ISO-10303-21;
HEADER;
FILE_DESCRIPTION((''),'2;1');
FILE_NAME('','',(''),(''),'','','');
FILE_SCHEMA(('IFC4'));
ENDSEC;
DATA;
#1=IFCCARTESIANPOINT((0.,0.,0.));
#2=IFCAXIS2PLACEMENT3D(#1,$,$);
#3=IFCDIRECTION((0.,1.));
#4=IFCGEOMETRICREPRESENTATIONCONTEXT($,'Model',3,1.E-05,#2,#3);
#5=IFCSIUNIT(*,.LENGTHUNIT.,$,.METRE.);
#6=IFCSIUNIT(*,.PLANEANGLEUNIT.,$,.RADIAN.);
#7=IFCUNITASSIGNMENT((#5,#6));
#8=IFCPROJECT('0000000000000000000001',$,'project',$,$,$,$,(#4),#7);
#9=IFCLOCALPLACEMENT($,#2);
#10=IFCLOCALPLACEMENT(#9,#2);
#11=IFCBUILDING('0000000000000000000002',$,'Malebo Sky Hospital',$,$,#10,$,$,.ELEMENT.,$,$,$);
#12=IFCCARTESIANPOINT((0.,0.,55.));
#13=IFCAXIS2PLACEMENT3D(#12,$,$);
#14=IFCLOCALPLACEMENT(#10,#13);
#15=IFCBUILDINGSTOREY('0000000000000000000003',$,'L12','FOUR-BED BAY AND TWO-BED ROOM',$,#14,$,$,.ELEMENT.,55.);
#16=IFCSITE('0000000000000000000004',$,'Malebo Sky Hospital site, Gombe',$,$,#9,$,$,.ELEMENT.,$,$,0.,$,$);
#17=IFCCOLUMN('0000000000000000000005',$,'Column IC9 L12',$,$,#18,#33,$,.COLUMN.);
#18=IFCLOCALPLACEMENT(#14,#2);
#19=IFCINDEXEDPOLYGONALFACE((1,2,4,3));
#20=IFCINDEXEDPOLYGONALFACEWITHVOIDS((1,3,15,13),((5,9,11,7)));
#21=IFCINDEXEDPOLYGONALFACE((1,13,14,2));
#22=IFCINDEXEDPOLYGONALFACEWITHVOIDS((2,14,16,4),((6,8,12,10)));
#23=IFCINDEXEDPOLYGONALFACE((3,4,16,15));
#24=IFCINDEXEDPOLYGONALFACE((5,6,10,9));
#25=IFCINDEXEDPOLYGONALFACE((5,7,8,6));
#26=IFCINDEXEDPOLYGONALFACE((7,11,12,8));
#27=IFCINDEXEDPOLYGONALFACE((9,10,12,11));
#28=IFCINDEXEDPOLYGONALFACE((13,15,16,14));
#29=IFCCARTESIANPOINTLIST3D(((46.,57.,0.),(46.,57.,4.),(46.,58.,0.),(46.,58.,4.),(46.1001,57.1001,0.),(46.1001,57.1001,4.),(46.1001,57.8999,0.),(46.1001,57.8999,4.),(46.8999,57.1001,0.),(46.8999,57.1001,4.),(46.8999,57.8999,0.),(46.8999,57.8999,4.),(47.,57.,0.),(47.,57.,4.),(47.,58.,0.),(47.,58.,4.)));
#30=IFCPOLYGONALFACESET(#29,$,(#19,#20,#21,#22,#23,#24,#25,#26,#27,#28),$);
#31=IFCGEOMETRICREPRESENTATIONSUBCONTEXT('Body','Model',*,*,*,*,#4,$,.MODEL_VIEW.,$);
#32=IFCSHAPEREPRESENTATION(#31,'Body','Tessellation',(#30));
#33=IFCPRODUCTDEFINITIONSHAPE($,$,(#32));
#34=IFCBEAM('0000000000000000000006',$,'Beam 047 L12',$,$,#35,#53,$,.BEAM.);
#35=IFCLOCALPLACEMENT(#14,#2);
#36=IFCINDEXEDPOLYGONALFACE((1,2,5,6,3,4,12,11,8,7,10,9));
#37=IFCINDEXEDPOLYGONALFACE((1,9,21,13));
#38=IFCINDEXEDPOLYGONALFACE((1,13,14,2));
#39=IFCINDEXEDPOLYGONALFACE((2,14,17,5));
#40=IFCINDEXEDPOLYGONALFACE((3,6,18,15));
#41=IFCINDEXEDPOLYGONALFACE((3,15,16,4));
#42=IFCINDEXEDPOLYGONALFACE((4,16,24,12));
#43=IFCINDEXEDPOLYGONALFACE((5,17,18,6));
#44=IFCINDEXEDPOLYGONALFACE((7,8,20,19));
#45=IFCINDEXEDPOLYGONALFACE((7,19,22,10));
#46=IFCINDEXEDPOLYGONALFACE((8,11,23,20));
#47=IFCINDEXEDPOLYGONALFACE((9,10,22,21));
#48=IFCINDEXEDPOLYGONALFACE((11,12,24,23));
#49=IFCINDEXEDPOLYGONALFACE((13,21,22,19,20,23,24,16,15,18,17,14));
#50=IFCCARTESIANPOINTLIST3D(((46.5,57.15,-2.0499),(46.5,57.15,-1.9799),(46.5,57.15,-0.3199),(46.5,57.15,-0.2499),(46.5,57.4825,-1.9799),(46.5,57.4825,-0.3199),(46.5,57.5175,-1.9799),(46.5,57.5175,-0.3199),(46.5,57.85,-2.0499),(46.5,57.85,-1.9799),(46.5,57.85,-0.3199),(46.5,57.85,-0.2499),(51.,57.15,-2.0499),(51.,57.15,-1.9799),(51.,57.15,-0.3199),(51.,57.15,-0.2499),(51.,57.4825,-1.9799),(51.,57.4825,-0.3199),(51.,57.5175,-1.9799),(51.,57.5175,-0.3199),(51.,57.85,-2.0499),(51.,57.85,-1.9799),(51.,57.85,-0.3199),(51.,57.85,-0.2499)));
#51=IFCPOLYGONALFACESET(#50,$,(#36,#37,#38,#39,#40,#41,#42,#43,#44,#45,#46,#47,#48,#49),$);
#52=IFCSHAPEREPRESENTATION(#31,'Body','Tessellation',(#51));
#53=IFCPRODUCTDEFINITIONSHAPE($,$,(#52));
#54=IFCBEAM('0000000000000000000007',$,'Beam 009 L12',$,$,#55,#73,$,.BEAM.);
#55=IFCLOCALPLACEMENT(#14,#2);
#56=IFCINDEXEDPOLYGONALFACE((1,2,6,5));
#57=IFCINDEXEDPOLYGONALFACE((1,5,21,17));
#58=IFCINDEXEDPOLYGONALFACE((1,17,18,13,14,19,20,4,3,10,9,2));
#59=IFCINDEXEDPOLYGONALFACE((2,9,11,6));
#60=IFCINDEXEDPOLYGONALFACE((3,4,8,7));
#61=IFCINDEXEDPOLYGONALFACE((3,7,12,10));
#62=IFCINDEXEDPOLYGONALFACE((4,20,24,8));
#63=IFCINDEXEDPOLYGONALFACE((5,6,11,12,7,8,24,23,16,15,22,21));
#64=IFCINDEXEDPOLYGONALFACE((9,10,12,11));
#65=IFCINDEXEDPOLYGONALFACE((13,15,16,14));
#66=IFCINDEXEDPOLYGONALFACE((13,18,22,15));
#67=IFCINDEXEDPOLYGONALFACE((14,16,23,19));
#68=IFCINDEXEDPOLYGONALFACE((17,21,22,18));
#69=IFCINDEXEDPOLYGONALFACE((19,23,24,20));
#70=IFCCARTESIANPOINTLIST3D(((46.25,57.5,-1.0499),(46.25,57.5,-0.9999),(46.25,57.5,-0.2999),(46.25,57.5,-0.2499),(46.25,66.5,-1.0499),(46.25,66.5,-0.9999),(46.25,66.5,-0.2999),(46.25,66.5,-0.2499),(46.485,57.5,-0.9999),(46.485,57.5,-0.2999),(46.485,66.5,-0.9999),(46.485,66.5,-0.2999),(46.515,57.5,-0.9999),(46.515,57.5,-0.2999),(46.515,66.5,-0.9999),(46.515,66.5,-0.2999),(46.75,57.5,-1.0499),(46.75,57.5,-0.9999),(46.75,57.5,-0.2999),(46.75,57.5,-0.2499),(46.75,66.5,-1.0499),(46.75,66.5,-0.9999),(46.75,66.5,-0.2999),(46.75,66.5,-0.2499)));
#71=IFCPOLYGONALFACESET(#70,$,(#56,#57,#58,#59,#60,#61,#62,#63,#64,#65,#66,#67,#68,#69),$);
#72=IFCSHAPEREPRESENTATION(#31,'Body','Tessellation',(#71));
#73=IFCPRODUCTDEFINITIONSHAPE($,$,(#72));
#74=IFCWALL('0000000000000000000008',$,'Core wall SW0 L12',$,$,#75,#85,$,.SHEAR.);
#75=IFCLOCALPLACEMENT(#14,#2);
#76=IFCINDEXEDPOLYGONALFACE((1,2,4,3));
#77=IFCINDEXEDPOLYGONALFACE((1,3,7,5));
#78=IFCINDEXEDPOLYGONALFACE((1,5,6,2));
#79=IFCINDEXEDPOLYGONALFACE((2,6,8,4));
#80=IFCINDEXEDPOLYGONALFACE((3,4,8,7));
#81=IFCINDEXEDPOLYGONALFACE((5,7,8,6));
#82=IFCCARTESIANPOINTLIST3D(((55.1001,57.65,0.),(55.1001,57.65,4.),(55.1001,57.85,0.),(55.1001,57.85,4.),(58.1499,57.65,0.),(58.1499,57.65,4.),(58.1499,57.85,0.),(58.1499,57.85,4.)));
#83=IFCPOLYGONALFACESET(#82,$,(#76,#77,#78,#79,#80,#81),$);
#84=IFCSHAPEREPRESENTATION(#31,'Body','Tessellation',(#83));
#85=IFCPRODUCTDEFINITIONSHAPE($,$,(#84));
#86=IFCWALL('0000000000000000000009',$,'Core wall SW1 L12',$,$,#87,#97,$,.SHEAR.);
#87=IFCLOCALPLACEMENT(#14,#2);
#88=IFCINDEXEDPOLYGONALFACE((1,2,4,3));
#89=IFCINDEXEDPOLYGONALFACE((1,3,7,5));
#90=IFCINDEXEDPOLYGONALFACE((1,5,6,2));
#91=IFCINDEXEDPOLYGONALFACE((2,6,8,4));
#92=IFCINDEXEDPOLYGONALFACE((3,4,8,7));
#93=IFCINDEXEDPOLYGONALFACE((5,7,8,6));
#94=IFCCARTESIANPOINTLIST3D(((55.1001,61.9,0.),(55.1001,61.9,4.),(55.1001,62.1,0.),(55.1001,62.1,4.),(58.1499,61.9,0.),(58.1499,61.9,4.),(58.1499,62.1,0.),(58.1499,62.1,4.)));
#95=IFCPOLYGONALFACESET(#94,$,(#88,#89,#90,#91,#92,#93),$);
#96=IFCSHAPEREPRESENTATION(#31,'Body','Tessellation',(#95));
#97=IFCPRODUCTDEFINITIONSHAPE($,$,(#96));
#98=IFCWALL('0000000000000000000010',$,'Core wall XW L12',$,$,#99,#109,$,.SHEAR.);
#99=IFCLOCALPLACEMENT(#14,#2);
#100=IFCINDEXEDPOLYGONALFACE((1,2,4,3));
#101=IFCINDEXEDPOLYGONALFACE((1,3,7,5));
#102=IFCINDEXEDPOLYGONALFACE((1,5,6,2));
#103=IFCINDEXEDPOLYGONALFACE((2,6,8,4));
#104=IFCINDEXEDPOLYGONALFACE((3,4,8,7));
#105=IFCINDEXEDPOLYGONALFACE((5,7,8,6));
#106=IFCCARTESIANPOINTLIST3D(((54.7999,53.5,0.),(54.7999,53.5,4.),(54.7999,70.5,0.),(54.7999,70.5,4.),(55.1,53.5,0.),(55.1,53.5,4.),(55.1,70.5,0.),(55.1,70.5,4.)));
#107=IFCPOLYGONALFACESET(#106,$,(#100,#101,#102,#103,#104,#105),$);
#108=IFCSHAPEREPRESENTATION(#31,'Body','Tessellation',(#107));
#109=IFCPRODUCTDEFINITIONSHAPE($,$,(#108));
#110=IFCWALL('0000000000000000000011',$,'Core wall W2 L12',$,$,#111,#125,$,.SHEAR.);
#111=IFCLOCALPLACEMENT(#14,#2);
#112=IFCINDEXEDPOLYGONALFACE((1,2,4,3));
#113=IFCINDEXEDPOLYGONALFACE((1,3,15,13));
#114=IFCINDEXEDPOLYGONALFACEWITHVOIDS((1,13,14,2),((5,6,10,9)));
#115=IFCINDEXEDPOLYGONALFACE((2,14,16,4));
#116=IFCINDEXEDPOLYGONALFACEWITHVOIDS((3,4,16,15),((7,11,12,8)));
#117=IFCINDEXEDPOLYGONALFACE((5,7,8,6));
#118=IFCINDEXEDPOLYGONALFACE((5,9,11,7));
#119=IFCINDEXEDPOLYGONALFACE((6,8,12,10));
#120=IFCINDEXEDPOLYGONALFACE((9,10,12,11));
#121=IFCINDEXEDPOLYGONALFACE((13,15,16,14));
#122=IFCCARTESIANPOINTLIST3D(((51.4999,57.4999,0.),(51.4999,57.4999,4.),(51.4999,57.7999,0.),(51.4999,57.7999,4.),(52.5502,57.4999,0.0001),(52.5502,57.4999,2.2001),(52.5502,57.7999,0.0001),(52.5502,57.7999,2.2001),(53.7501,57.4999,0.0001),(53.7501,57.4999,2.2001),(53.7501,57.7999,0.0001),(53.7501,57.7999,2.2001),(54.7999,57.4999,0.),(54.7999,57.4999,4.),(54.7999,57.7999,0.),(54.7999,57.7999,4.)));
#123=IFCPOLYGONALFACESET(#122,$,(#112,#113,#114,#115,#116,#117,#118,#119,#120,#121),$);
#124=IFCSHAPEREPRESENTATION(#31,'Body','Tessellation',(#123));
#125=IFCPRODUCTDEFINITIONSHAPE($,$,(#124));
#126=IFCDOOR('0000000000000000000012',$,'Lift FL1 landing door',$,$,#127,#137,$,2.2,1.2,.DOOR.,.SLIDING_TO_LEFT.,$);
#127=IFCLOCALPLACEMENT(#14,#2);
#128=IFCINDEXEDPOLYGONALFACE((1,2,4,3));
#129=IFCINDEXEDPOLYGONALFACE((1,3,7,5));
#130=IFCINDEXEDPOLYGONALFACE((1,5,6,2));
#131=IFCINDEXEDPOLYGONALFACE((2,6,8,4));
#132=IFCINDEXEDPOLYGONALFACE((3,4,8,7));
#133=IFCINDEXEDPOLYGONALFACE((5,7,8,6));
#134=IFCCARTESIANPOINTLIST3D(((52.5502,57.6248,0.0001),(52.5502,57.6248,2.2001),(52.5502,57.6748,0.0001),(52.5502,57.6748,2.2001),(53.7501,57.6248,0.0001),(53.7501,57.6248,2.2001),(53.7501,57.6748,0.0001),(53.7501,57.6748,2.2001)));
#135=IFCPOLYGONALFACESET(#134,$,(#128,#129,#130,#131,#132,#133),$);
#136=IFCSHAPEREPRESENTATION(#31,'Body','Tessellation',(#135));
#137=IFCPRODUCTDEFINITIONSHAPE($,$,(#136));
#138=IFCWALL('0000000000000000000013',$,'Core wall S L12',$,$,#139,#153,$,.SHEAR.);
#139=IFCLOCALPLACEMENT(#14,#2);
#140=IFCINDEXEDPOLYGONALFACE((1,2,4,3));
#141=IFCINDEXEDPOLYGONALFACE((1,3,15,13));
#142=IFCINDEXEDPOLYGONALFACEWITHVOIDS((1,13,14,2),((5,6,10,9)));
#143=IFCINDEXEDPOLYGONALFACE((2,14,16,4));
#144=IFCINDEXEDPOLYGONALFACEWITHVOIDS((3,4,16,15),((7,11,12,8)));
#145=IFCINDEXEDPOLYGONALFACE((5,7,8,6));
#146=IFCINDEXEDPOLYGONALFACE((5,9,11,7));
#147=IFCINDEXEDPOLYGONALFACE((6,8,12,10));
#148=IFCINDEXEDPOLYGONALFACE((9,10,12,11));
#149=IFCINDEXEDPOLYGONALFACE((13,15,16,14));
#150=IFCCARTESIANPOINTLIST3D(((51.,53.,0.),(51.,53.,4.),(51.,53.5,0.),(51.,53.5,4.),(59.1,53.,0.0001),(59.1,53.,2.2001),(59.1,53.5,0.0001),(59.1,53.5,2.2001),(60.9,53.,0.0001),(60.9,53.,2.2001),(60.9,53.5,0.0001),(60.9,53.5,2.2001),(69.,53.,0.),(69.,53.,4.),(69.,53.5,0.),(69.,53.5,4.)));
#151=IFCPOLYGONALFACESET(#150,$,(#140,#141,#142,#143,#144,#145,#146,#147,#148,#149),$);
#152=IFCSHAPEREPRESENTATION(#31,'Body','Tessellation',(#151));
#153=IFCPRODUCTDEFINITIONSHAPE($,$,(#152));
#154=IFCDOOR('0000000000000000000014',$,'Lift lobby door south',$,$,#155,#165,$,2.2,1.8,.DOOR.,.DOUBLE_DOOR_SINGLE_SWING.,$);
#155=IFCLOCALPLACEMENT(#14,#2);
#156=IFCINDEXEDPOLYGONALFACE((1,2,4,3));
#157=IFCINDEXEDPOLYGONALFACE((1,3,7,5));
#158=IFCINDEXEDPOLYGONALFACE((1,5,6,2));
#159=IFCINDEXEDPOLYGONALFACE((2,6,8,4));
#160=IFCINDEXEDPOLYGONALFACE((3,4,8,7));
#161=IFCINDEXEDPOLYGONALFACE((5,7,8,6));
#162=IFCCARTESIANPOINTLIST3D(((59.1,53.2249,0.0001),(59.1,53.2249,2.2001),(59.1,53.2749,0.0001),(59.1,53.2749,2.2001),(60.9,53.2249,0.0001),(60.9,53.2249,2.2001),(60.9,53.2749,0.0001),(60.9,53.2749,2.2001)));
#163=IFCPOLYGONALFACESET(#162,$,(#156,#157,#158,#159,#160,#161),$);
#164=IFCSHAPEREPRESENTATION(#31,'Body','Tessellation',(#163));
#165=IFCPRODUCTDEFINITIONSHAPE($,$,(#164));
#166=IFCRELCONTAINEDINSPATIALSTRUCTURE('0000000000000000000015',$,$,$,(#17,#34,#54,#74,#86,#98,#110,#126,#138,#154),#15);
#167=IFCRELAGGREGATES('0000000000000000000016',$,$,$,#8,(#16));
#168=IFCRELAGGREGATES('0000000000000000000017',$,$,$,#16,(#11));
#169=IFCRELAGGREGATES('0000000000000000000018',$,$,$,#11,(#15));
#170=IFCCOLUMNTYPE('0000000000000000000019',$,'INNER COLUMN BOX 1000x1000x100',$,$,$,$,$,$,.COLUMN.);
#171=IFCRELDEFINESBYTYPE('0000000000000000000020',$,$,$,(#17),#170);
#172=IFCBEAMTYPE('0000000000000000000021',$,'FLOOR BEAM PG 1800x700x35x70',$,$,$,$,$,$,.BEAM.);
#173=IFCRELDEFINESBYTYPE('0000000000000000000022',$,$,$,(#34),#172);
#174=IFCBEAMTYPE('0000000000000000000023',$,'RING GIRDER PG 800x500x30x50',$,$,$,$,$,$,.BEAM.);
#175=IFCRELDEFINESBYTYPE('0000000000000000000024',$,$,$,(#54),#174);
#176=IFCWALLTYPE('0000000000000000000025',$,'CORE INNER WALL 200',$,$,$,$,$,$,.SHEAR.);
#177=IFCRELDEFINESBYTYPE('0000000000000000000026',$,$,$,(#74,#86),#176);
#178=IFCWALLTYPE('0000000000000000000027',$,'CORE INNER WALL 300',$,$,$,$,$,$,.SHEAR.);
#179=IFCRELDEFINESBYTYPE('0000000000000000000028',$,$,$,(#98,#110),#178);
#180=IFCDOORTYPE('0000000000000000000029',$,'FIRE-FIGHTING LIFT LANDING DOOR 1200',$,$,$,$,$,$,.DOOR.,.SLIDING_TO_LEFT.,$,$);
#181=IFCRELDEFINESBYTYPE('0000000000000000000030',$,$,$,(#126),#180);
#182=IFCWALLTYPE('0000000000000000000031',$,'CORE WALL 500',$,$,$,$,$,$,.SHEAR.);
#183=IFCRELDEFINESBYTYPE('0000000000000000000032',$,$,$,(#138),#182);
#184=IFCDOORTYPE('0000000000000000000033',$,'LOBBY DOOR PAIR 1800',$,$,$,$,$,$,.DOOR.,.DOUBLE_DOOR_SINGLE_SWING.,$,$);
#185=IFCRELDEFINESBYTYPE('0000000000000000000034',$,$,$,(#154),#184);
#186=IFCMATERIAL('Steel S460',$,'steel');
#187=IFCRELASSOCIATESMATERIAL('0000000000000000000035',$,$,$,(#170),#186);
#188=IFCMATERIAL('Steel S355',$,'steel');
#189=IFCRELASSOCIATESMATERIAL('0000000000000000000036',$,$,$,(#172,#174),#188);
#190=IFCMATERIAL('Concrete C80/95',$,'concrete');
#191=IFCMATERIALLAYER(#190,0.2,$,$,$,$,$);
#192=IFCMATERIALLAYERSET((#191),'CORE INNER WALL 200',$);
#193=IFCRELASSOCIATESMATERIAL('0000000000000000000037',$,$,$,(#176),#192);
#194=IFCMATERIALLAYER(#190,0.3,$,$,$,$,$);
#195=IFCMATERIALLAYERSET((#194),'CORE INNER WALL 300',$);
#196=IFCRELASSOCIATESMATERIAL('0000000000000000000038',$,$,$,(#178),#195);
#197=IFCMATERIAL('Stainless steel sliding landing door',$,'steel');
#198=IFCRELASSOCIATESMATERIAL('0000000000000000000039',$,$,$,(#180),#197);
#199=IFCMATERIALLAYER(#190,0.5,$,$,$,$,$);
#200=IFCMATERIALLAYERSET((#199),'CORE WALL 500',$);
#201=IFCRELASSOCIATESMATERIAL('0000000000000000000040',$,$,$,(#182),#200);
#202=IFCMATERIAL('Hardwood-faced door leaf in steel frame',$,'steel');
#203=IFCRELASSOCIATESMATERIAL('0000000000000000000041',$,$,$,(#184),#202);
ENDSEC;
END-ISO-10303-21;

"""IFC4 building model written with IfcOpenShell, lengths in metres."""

from ifc_helpers import new_model, si_unit, direction, frame, frame_2d, origin, origin_2d, place, context, subcontext, project, spatial, rectangle, hollow_rectangle, i_section, extrude, material, layer, layer_set, material_profile, profile_set, type_object, element, fill, save


model = new_model("IFC4")

# Units and contexts
model_context = context("Model", 3, precision=1e-05, world=origin(), true_north=direction((0.0, 1.0)))
body_context = subcontext(model_context, "Body", "Model", "MODEL_VIEW")
ifc_project = project(units=[si_unit("LENGTHUNIT", "METRE"), si_unit("PLANEANGLEUNIT", "RADIAN")], contexts=[model_context])

# Site, building, storey
site_placement = place(None, origin())
site = spatial("IfcSite", under=ifc_project, at=site_placement, Name="Malebo Sky Hospital site, Gombe", CompositionType="ELEMENT", RefElevation=0.0)
building_placement = place(site_placement, origin())
building = spatial("IfcBuilding", under=site, at=building_placement, Name="Malebo Sky Hospital", CompositionType="ELEMENT")
storey_placement = place(building_placement, frame((0.0, 0.0, 55.0)))
storey = spatial("IfcBuildingStorey", under=building, at=storey_placement, Name="L12", Description="FOUR-BED BAY AND TWO-BED ROOM", CompositionType="ELEMENT", Elevation=55.0)

# Column
ifc_material_1 = material(Name="Steel S460", Category="steel")
ifc_material_profile_1 = material_profile(ifc_material_1, hollow_rectangle(XDim=1.0, YDim=1.0, WallThickness=0.1001, at=origin_2d()), Name="BOX 1000x1000x100")
ifc_profile_set_1 = profile_set([ifc_material_profile_1], Name="Steel S460")
column_type = type_object("IfcColumnType", Name="INNER COLUMN BOX 1000x1000x100", PredefinedType="COLUMN", material=ifc_profile_set_1)
column_placement = place(storey_placement, frame((46.5, 57.5, 0.0), z_axis=(0.0, 0.0, 1.0), x_axis=(1.0, 0.0, 0.0)))
element("IfcColumn", 1, at=column_placement, inside=storey, type_object=column_type, Name="Column IC9 L12", PredefinedType="COLUMN", context=body_context, shape_type="SweptSolid", body=[
    extrude(hollow_rectangle(XDim=1.0, YDim=1.0, WallThickness=0.1001, at=origin_2d()), origin(), (0.0, 0.0, 1.0), 4.0),
])

# Beams
ifc_material_2 = material(Name="Steel S355", Category="steel")
ifc_material_profile_2 = material_profile(ifc_material_2, i_section(OverallWidth=0.7, OverallDepth=1.8, WebThickness=0.0349, FlangeThickness=0.0701, at=origin_2d()), Name="PG 1800x700x35x70")
ifc_profile_set_2 = profile_set([ifc_material_profile_2], Name="Steel S355")
beam_type_1 = type_object("IfcBeamType", Name="FLOOR BEAM PG 1800x700x35x70", PredefinedType="BEAM", material=ifc_profile_set_2)
beam_1_placement = place(storey_placement, frame((46.5, 57.5, -1.1499), z_axis=(1.0, 0.0, 0.0), x_axis=(0.0, 1.0, 0.0)))
element("IfcBeam", 2, at=beam_1_placement, inside=storey, type_object=beam_type_1, Name="Beam 047 L12", PredefinedType="BEAM", context=body_context, shape_type="SweptSolid", body=[
    extrude(i_section(OverallWidth=0.7, OverallDepth=1.8, WebThickness=0.0349, FlangeThickness=0.0701, at=origin_2d()), origin(), (0.0, 0.0, 1.0), 4.5),
])
ifc_material_profile_3 = material_profile(ifc_material_2, i_section(OverallWidth=0.5, OverallDepth=0.8, WebThickness=0.03, FlangeThickness=0.05, at=origin_2d()), Name="PG 800x500x30x50")
ifc_profile_set_3 = profile_set([ifc_material_profile_3], Name="Steel S355")
beam_type_2 = type_object("IfcBeamType", Name="RING GIRDER PG 800x500x30x50", PredefinedType="BEAM", material=ifc_profile_set_3)
beam_2_placement = place(storey_placement, frame((46.5, 57.5, -0.6499), z_axis=(0.0, 1.0, 0.0), x_axis=(-1.0, 0.0, 0.0)))
element("IfcBeam", 3, at=beam_2_placement, inside=storey, type_object=beam_type_2, Name="Beam 009 L12", PredefinedType="BEAM", context=body_context, shape_type="SweptSolid", body=[
    extrude(i_section(OverallWidth=0.5, OverallDepth=0.8, WebThickness=0.03, FlangeThickness=0.05, at=origin_2d()), origin(), (0.0, 0.0, 1.0), 9.0),
])

# Walls
ifc_material_3 = material(Name="Concrete C80/95", Category="concrete")
ifc_layer_1 = layer(ifc_material_3, 0.2)
ifc_layer_set_1 = layer_set([ifc_layer_1], Name="CORE INNER WALL 200")
wall_type_1 = type_object("IfcWallType", Name="CORE INNER WALL 200", PredefinedType="SHEAR", material=ifc_layer_set_1)
for number, where, z_axis, x_axis, name in (
    (4, (55.1001, 57.75, 0.0), (0.0, 0.0, 1.0), (1.0, 0.0, 0.0), "Core wall SW0 L12"),
    (5, (55.1001, 62.0, 0.0), (0.0, 0.0, 1.0), (1.0, 0.0, 0.0), "Core wall SW1 L12"),
):
    element("IfcWall", number, at=place(storey_placement, frame(where, z_axis=z_axis, x_axis=x_axis)), inside=storey, type_object=wall_type_1, Name=name, PredefinedType="SHEAR", context=body_context, shape_type="SweptSolid", body=[
        extrude(rectangle(XDim=3.0498, YDim=0.2, at=frame_2d((1.5249, 0.0))), origin(), (0.0, 0.0, 1.0), 4.0),
    ])
ifc_layer_2 = layer(ifc_material_3, 0.3)
ifc_layer_set_2 = layer_set([ifc_layer_2], Name="CORE INNER WALL 300")
wall_type_2 = type_object("IfcWallType", Name="CORE INNER WALL 300", PredefinedType="SHEAR", material=ifc_layer_set_2)
wall_1_placement = place(storey_placement, frame((54.95, 53.5, 0.0), z_axis=(0.0, 0.0, 1.0), x_axis=(0.0, 1.0, 0.0)))
element("IfcWall", 6, at=wall_1_placement, inside=storey, type_object=wall_type_2, Name="Core wall XW L12", PredefinedType="SHEAR", context=body_context, shape_type="SweptSolid", body=[
    extrude(rectangle(XDim=17.0, YDim=0.3, at=frame_2d((8.5, 0.0))), origin(), (0.0, 0.0, 1.0), 4.0),
])

# Walls, openings, doors
wall_2_placement = place(storey_placement, frame((51.5, 57.6499, 0.0), z_axis=(0.0, 0.0, 1.0), x_axis=(1.0, 0.0, 0.0)))
wall_2 = element("IfcWall", 7, at=wall_2_placement, inside=storey, type_object=wall_type_2, Name="Core wall W2 L12", PredefinedType="SHEAR", context=body_context, shape_type="SweptSolid", body=[
    extrude(rectangle(XDim=3.3, YDim=0.3, at=frame_2d((1.6499, 0.0))), origin(), (0.0, 0.0, 1.0), 4.0),
])
opening_1_placement = place(wall_2_placement, frame((1.05, 0.0, 0.0)))
opening_1 = element("IfcOpeningElement", 8, at=opening_1_placement, cuts=wall_2, PredefinedType="OPENING", context=body_context, shape_type="SweptSolid", body=[
    extrude(rectangle(XDim=1.2, YDim=2.2, at=frame_2d((0.6001, 1.1001))), frame((0.0, 0.1599, 0.0), z_axis=(0.0, -1.0, 0.0), x_axis=(1.0, 0.0, 0.0)), (0.0, 0.0, 1.0), 0.3201),
])
ifc_material_4 = material(Name="Stainless steel sliding landing door", Category="steel")
door_type_1 = type_object("IfcDoorType", Name="FIRE-FIGHTING LIFT LANDING DOOR 1200", OperationType="SLIDING_TO_LEFT", PredefinedType="DOOR", material=ifc_material_4)
door_1_placement = place(opening_1_placement, origin())
door_1 = element("IfcDoor", 9, at=door_1_placement, inside=storey, type_object=door_type_1, Name="Lift FL1 landing door", OperationType="SLIDING_TO_LEFT", OverallHeight=2.2, OverallWidth=1.2, PredefinedType="DOOR", context=body_context, shape_type="SweptSolid", body=[
    extrude(rectangle(XDim=1.2, YDim=2.2, at=frame_2d((0.6001, 1.1001))), frame((0.0, 0.0249, 0.0), z_axis=(0.0, -1.0, 0.0), x_axis=(1.0, 0.0, 0.0)), (0.0, 0.0, 1.0), 0.05),
])
fill(opening_1, door_1)
ifc_layer_3 = layer(ifc_material_3, 0.5)
ifc_layer_set_3 = layer_set([ifc_layer_3], Name="CORE WALL 500")
wall_type_3 = type_object("IfcWallType", Name="CORE WALL 500", PredefinedType="SHEAR", material=ifc_layer_set_3)
wall_3_placement = place(storey_placement, frame((51.0, 53.25, 0.0), z_axis=(0.0, 0.0, 1.0), x_axis=(1.0, 0.0, 0.0)))
wall_3 = element("IfcWall", 10, at=wall_3_placement, inside=storey, type_object=wall_type_3, Name="Core wall S L12", PredefinedType="SHEAR", context=body_context, shape_type="SweptSolid", body=[
    extrude(rectangle(XDim=18.0, YDim=0.5, at=frame_2d((9.0, 0.0))), origin(), (0.0, 0.0, 1.0), 4.0),
])
opening_2_placement = place(wall_3_placement, frame((8.1001, 0.0, 0.0)))
opening_2 = element("IfcOpeningElement", 11, at=opening_2_placement, cuts=wall_3, PredefinedType="OPENING", context=body_context, shape_type="SweptSolid", body=[
    extrude(rectangle(XDim=1.8, YDim=2.2, at=frame_2d((0.8999, 1.1001))), frame((0.0, 0.26, 0.0), z_axis=(0.0, -1.0, 0.0), x_axis=(1.0, 0.0, 0.0)), (0.0, 0.0, 1.0), 0.52),
])
ifc_material_5 = material(Name="Hardwood-faced door leaf in steel frame", Category="steel")
door_type_2 = type_object("IfcDoorType", Name="LOBBY DOOR PAIR 1800", OperationType="DOUBLE_DOOR_SINGLE_SWING", PredefinedType="DOOR", material=ifc_material_5)
door_2_placement = place(opening_2_placement, origin())
door_2 = element("IfcDoor", 12, at=door_2_placement, inside=storey, type_object=door_type_2, Name="Lift lobby door south", OperationType="DOUBLE_DOOR_SINGLE_SWING", OverallHeight=2.2, OverallWidth=1.8, PredefinedType="DOOR", context=body_context, shape_type="SweptSolid", body=[
    extrude(rectangle(XDim=1.8, YDim=2.2, at=frame_2d((0.8999, 1.1001))), frame((0.0, 0.0249, 0.0), z_axis=(0.0, -1.0, 0.0), x_axis=(1.0, 0.0, 0.0)), (0.0, 0.0, 1.0), 0.05),
])
fill(opening_2, door_2)

save(model, "model.ifc")
